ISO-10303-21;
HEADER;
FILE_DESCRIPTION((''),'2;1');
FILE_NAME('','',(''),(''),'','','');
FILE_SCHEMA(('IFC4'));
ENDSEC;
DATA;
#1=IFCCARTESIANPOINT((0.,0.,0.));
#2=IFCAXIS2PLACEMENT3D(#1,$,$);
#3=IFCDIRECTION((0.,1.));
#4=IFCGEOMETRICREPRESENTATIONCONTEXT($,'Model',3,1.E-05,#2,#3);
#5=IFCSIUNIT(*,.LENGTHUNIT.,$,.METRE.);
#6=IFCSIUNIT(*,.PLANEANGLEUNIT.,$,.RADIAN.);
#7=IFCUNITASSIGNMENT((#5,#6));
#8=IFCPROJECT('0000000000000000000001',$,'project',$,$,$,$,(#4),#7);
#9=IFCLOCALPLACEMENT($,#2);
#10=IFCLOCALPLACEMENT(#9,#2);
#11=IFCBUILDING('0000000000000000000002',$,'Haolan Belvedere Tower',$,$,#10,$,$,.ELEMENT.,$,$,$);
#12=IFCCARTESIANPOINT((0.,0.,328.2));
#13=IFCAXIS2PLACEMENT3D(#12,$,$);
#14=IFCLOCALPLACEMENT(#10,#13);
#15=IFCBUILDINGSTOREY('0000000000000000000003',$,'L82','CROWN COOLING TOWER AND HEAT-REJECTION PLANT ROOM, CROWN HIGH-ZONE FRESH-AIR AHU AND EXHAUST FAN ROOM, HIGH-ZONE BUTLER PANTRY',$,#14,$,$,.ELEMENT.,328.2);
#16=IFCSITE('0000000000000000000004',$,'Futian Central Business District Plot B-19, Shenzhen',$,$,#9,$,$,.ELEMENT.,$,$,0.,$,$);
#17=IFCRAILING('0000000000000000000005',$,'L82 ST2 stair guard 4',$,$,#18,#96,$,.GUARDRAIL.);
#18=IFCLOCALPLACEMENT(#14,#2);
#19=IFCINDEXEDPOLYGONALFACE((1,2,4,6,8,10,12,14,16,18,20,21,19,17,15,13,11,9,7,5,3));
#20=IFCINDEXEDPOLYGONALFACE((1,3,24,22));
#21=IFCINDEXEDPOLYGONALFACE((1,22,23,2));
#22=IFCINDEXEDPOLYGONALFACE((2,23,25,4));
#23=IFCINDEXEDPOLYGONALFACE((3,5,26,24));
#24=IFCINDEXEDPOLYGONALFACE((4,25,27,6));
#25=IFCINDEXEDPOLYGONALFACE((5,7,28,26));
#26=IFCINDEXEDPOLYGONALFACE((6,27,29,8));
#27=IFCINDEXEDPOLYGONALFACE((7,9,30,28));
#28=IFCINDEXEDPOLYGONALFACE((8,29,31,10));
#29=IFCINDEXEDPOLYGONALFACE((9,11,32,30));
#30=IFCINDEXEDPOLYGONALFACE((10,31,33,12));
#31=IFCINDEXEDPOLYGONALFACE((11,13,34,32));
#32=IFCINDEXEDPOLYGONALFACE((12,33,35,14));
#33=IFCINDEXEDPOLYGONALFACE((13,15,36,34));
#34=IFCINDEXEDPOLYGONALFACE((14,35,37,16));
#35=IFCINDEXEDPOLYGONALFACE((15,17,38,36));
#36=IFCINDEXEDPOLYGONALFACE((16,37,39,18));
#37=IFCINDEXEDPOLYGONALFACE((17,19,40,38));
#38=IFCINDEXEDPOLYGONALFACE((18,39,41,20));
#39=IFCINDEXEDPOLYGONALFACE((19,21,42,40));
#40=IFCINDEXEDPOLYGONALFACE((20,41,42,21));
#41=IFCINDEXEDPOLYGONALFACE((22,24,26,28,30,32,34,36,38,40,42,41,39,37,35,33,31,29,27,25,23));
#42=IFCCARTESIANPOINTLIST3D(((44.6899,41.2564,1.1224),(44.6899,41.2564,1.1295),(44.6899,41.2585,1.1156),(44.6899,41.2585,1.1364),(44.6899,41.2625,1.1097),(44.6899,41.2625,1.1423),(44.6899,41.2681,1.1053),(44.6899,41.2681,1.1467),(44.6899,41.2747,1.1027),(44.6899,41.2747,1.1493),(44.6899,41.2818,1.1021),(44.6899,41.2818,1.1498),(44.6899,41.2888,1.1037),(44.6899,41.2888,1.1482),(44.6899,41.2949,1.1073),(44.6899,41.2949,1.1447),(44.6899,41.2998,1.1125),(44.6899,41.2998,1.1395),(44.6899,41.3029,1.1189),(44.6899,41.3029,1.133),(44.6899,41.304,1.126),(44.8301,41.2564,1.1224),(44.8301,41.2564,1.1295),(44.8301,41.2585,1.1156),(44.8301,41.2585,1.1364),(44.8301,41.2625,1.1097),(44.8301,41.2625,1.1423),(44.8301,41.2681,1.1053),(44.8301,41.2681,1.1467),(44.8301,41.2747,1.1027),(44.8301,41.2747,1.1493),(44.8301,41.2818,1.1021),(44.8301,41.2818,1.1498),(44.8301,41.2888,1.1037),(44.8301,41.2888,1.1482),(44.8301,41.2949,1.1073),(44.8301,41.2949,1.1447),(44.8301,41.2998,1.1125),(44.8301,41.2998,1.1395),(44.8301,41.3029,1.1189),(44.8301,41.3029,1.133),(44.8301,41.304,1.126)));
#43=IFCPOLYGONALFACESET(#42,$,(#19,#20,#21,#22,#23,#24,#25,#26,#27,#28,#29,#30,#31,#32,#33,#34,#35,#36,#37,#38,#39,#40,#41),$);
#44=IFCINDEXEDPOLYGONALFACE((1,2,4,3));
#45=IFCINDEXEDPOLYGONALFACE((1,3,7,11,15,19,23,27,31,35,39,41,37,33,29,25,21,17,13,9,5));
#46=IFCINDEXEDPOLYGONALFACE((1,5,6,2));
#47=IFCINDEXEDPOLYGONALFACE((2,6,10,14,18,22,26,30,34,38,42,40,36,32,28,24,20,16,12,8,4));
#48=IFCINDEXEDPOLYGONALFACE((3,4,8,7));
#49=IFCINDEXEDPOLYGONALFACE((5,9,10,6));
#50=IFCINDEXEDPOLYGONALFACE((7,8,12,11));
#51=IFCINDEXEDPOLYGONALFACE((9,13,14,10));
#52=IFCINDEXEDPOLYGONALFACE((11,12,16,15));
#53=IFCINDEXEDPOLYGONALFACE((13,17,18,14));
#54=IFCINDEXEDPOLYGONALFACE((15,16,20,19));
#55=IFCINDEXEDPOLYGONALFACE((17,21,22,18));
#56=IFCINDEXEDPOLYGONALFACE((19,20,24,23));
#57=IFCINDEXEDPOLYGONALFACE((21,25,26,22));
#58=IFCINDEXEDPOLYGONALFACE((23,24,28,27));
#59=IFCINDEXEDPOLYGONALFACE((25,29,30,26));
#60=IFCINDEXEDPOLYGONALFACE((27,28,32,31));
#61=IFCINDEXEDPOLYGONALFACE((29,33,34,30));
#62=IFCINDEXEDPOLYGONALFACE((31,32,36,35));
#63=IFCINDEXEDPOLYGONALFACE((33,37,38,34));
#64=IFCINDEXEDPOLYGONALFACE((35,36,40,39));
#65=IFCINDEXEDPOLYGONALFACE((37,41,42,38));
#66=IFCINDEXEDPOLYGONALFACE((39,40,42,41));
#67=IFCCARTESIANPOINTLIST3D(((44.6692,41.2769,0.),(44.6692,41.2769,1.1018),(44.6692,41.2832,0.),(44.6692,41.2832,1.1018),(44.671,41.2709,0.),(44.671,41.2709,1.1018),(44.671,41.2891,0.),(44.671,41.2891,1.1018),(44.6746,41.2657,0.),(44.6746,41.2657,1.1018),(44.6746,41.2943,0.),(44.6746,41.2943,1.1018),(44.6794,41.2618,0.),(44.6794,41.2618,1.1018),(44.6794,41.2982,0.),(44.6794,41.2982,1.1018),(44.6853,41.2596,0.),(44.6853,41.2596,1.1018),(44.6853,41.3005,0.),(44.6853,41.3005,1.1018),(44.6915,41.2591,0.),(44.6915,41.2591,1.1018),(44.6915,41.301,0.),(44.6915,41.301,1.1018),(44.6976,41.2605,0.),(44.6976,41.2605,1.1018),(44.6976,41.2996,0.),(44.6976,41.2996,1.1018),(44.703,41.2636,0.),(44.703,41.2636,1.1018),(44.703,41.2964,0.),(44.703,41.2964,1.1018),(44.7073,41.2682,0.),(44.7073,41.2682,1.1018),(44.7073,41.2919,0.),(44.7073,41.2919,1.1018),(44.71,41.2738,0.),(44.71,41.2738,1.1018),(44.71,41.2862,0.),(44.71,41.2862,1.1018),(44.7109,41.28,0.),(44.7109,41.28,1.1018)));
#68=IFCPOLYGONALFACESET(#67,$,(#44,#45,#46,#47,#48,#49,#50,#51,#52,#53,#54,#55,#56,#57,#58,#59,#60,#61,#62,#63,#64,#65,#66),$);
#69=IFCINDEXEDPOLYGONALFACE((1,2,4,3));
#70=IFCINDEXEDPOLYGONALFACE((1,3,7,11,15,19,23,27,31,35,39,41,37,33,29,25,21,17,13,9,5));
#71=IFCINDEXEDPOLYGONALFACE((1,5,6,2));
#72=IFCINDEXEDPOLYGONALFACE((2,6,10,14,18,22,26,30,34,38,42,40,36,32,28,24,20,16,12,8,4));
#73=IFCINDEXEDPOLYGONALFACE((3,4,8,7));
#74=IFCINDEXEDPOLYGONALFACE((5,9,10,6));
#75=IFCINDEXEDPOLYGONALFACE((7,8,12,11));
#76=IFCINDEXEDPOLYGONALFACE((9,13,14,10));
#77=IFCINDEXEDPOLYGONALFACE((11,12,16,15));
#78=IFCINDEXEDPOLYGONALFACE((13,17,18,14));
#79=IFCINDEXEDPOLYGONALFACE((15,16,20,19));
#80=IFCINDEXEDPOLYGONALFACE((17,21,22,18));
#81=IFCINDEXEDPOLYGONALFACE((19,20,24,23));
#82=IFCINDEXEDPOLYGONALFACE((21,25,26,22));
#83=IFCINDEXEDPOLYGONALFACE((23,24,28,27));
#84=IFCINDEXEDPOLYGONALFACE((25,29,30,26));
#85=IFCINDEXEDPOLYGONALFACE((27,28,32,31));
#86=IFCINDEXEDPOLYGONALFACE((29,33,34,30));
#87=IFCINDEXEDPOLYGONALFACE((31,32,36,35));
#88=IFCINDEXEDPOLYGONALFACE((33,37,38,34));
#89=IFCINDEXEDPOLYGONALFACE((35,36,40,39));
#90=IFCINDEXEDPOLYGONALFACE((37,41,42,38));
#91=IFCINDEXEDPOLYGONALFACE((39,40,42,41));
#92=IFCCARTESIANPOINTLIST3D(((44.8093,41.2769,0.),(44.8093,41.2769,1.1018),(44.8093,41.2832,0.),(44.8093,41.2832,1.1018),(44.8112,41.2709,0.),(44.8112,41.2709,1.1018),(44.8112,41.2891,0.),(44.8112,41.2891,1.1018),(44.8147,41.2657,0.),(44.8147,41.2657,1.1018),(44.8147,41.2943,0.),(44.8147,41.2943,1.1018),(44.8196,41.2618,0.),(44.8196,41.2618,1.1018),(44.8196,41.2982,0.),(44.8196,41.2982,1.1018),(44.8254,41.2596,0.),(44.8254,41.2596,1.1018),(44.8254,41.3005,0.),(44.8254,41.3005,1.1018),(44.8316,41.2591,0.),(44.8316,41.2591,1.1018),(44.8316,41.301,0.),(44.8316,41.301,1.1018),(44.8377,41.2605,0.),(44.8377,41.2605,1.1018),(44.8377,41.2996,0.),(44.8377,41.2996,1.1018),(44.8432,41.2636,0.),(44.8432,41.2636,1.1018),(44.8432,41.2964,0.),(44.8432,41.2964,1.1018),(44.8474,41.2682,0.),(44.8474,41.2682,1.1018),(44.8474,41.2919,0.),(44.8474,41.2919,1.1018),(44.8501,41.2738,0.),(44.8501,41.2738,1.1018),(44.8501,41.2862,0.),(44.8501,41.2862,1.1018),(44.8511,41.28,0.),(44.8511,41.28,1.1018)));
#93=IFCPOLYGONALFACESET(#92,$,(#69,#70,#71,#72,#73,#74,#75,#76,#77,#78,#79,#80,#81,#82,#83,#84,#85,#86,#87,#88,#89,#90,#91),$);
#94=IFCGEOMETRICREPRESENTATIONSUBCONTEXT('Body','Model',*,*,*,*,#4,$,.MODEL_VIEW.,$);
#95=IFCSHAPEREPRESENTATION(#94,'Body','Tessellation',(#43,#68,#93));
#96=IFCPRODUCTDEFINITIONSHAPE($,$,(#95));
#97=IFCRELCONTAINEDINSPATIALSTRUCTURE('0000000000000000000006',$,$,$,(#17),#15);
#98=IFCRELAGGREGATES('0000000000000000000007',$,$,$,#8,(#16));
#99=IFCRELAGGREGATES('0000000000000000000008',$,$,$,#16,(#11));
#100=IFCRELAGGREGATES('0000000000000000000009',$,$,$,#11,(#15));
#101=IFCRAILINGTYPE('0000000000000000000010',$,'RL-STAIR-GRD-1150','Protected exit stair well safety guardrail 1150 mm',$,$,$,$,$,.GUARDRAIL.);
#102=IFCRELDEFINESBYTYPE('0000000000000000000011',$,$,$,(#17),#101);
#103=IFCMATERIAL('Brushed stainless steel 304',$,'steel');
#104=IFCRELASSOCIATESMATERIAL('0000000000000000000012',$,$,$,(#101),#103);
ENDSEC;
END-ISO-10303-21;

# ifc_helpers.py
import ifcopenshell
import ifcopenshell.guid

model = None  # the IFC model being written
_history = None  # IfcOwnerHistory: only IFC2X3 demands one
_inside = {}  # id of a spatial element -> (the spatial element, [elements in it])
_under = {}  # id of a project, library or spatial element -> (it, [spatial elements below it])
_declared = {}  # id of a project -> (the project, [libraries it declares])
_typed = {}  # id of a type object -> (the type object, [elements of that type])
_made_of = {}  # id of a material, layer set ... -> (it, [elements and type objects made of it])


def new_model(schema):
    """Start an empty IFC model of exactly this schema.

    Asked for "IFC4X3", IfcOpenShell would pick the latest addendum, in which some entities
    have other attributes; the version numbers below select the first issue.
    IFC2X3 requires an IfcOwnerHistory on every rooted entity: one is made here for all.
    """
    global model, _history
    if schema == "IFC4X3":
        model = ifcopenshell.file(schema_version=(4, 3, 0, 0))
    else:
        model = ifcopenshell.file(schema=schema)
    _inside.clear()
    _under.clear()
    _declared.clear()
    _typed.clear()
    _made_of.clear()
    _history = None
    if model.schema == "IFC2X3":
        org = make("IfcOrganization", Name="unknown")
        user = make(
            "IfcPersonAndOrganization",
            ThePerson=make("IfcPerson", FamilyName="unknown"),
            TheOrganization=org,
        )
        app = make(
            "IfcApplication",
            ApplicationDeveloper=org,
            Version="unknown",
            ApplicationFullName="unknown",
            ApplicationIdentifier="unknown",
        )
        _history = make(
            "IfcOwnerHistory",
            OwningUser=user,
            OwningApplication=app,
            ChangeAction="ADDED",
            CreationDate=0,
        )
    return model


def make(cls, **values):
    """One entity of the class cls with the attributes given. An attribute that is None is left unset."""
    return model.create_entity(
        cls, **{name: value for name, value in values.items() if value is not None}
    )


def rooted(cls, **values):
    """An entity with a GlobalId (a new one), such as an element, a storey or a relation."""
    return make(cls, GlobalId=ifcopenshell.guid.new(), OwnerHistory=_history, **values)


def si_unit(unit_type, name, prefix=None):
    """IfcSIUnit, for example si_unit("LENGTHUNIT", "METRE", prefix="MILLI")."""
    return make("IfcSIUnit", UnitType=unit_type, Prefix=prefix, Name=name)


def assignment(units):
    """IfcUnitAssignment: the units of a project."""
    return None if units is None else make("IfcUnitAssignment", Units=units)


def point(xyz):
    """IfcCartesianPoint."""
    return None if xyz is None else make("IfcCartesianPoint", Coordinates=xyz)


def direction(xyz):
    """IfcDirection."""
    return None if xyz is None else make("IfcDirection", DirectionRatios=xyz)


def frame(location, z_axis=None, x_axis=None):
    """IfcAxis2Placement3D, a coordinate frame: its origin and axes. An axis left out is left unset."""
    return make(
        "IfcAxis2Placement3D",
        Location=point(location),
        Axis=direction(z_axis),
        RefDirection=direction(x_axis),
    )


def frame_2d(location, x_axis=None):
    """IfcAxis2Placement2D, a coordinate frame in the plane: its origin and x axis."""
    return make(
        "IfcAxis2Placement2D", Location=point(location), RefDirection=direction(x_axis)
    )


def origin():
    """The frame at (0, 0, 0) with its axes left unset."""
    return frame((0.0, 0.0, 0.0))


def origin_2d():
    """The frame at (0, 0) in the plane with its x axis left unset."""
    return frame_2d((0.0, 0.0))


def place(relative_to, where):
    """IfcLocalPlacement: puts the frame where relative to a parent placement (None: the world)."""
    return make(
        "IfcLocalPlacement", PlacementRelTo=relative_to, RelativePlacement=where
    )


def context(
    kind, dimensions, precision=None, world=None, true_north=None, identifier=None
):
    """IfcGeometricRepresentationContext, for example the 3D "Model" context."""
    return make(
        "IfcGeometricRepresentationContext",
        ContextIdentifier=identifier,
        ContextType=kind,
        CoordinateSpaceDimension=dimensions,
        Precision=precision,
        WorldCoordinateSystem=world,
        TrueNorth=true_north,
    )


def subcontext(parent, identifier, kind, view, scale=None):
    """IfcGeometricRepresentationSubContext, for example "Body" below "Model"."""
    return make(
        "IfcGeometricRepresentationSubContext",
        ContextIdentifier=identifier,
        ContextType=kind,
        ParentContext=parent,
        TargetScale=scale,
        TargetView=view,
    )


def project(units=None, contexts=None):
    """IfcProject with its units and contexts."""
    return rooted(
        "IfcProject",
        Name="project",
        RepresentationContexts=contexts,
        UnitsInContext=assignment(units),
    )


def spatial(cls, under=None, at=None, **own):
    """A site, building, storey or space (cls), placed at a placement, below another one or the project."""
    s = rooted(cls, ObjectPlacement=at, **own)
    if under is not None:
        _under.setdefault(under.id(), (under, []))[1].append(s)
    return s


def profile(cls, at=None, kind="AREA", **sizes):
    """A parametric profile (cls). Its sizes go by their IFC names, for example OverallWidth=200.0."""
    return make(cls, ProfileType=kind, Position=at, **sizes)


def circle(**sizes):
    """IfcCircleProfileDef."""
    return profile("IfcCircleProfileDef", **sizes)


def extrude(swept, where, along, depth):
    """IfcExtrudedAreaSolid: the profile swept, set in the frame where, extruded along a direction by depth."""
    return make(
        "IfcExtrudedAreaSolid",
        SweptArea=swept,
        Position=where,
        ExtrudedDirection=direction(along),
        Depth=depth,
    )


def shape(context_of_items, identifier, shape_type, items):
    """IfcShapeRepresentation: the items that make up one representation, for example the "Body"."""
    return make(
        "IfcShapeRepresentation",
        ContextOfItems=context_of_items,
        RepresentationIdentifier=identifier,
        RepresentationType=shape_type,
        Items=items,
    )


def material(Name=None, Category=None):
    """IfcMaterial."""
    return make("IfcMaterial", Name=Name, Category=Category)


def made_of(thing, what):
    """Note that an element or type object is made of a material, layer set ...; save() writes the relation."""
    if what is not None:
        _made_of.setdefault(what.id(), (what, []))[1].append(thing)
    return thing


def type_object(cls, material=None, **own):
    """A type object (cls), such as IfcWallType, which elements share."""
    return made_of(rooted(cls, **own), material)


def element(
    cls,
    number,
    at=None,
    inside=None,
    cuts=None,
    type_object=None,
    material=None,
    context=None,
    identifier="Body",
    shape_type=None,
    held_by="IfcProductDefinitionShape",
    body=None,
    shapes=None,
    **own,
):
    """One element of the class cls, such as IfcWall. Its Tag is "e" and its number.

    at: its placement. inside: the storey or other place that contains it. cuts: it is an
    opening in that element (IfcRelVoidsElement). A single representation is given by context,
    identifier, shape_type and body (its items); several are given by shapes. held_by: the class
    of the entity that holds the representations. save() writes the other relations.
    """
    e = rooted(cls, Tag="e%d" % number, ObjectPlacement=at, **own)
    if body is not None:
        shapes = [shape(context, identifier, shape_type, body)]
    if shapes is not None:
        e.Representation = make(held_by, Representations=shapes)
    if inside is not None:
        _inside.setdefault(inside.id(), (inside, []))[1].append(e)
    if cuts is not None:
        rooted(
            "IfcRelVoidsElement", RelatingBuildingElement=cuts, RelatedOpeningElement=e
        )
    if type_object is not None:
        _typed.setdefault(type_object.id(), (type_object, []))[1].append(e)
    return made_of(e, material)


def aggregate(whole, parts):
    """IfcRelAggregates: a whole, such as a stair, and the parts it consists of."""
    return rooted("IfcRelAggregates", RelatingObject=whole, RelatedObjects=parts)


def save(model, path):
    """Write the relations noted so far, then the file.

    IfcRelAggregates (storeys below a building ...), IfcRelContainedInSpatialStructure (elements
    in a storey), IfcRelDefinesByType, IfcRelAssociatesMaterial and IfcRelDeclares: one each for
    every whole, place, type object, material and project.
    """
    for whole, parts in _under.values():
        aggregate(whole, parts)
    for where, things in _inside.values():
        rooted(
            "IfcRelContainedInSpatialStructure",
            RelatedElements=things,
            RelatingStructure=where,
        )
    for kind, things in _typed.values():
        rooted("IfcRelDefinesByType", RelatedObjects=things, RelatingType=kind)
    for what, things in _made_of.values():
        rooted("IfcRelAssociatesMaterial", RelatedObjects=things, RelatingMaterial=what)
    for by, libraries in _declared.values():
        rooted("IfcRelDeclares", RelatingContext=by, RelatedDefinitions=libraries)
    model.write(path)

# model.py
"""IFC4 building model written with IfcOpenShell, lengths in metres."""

from ifc_helpers import new_model, si_unit, direction, frame, origin, origin_2d, place, context, subcontext, project, spatial, circle, extrude, material, type_object, element, save


model = new_model("IFC4")

# Units and contexts
model_context = context("Model", 3, precision=1e-05, world=origin(), true_north=direction((0.0, 1.0)))
body_context = subcontext(model_context, "Body", "Model", "MODEL_VIEW")
ifc_project = project(units=[si_unit("LENGTHUNIT", "METRE"), si_unit("PLANEANGLEUNIT", "RADIAN")], contexts=[model_context])

# Site, building, storey
site_placement = place(None, origin())
site = spatial("IfcSite", under=ifc_project, at=site_placement, Name="Futian Central Business District Plot B-19, Shenzhen", CompositionType="ELEMENT", RefElevation=0.0)
building_placement = place(site_placement, origin())
building = spatial("IfcBuilding", under=site, at=building_placement, Name="Haolan Belvedere Tower", CompositionType="ELEMENT")
storey_placement = place(building_placement, frame((0.0, 0.0, 328.2)))
storey = spatial("IfcBuildingStorey", under=building, at=storey_placement, Name="L82", Description="CROWN COOLING TOWER AND HEAT-REJECTION PLANT ROOM, CROWN HIGH-ZONE FRESH-AIR AHU AND EXHAUST FAN ROOM, HIGH-ZONE BUTLER PANTRY", CompositionType="ELEMENT", Elevation=328.2)

# Railing
ifc_material_1 = material(Name="Brushed stainless steel 304", Category="steel")
railing_type = type_object("IfcRailingType", Name="RL-STAIR-GRD-1150", Description="Protected exit stair well safety guardrail 1150 mm", PredefinedType="GUARDRAIL", material=ifc_material_1)
railing_placement = place(storey_placement, frame((44.6899, 41.28, 0.0)))
element("IfcRailing", 1, at=railing_placement, inside=storey, type_object=railing_type, Name="L82 ST2 stair guard 4", PredefinedType="GUARDRAIL", context=body_context, shape_type="SweptSolid", body=[
    extrude(circle(Radius=0.0239, at=origin_2d()), frame((0.0, 0.0, 1.126), z_axis=(1.0, 0.0, 0.0), x_axis=(0.0, 1.0, 0.0)), (0.0, 0.0, 1.0), 0.1401),
    extrude(circle(Radius=0.021, at=origin_2d()), origin(), (0.0, 0.0, 1.0), 1.1018),
    extrude(circle(Radius=0.021, at=origin_2d()), frame((0.1401, 0.0, 0.0)), (0.0, 0.0, 1.0), 1.1018),
])

save(model, "model.ifc")
